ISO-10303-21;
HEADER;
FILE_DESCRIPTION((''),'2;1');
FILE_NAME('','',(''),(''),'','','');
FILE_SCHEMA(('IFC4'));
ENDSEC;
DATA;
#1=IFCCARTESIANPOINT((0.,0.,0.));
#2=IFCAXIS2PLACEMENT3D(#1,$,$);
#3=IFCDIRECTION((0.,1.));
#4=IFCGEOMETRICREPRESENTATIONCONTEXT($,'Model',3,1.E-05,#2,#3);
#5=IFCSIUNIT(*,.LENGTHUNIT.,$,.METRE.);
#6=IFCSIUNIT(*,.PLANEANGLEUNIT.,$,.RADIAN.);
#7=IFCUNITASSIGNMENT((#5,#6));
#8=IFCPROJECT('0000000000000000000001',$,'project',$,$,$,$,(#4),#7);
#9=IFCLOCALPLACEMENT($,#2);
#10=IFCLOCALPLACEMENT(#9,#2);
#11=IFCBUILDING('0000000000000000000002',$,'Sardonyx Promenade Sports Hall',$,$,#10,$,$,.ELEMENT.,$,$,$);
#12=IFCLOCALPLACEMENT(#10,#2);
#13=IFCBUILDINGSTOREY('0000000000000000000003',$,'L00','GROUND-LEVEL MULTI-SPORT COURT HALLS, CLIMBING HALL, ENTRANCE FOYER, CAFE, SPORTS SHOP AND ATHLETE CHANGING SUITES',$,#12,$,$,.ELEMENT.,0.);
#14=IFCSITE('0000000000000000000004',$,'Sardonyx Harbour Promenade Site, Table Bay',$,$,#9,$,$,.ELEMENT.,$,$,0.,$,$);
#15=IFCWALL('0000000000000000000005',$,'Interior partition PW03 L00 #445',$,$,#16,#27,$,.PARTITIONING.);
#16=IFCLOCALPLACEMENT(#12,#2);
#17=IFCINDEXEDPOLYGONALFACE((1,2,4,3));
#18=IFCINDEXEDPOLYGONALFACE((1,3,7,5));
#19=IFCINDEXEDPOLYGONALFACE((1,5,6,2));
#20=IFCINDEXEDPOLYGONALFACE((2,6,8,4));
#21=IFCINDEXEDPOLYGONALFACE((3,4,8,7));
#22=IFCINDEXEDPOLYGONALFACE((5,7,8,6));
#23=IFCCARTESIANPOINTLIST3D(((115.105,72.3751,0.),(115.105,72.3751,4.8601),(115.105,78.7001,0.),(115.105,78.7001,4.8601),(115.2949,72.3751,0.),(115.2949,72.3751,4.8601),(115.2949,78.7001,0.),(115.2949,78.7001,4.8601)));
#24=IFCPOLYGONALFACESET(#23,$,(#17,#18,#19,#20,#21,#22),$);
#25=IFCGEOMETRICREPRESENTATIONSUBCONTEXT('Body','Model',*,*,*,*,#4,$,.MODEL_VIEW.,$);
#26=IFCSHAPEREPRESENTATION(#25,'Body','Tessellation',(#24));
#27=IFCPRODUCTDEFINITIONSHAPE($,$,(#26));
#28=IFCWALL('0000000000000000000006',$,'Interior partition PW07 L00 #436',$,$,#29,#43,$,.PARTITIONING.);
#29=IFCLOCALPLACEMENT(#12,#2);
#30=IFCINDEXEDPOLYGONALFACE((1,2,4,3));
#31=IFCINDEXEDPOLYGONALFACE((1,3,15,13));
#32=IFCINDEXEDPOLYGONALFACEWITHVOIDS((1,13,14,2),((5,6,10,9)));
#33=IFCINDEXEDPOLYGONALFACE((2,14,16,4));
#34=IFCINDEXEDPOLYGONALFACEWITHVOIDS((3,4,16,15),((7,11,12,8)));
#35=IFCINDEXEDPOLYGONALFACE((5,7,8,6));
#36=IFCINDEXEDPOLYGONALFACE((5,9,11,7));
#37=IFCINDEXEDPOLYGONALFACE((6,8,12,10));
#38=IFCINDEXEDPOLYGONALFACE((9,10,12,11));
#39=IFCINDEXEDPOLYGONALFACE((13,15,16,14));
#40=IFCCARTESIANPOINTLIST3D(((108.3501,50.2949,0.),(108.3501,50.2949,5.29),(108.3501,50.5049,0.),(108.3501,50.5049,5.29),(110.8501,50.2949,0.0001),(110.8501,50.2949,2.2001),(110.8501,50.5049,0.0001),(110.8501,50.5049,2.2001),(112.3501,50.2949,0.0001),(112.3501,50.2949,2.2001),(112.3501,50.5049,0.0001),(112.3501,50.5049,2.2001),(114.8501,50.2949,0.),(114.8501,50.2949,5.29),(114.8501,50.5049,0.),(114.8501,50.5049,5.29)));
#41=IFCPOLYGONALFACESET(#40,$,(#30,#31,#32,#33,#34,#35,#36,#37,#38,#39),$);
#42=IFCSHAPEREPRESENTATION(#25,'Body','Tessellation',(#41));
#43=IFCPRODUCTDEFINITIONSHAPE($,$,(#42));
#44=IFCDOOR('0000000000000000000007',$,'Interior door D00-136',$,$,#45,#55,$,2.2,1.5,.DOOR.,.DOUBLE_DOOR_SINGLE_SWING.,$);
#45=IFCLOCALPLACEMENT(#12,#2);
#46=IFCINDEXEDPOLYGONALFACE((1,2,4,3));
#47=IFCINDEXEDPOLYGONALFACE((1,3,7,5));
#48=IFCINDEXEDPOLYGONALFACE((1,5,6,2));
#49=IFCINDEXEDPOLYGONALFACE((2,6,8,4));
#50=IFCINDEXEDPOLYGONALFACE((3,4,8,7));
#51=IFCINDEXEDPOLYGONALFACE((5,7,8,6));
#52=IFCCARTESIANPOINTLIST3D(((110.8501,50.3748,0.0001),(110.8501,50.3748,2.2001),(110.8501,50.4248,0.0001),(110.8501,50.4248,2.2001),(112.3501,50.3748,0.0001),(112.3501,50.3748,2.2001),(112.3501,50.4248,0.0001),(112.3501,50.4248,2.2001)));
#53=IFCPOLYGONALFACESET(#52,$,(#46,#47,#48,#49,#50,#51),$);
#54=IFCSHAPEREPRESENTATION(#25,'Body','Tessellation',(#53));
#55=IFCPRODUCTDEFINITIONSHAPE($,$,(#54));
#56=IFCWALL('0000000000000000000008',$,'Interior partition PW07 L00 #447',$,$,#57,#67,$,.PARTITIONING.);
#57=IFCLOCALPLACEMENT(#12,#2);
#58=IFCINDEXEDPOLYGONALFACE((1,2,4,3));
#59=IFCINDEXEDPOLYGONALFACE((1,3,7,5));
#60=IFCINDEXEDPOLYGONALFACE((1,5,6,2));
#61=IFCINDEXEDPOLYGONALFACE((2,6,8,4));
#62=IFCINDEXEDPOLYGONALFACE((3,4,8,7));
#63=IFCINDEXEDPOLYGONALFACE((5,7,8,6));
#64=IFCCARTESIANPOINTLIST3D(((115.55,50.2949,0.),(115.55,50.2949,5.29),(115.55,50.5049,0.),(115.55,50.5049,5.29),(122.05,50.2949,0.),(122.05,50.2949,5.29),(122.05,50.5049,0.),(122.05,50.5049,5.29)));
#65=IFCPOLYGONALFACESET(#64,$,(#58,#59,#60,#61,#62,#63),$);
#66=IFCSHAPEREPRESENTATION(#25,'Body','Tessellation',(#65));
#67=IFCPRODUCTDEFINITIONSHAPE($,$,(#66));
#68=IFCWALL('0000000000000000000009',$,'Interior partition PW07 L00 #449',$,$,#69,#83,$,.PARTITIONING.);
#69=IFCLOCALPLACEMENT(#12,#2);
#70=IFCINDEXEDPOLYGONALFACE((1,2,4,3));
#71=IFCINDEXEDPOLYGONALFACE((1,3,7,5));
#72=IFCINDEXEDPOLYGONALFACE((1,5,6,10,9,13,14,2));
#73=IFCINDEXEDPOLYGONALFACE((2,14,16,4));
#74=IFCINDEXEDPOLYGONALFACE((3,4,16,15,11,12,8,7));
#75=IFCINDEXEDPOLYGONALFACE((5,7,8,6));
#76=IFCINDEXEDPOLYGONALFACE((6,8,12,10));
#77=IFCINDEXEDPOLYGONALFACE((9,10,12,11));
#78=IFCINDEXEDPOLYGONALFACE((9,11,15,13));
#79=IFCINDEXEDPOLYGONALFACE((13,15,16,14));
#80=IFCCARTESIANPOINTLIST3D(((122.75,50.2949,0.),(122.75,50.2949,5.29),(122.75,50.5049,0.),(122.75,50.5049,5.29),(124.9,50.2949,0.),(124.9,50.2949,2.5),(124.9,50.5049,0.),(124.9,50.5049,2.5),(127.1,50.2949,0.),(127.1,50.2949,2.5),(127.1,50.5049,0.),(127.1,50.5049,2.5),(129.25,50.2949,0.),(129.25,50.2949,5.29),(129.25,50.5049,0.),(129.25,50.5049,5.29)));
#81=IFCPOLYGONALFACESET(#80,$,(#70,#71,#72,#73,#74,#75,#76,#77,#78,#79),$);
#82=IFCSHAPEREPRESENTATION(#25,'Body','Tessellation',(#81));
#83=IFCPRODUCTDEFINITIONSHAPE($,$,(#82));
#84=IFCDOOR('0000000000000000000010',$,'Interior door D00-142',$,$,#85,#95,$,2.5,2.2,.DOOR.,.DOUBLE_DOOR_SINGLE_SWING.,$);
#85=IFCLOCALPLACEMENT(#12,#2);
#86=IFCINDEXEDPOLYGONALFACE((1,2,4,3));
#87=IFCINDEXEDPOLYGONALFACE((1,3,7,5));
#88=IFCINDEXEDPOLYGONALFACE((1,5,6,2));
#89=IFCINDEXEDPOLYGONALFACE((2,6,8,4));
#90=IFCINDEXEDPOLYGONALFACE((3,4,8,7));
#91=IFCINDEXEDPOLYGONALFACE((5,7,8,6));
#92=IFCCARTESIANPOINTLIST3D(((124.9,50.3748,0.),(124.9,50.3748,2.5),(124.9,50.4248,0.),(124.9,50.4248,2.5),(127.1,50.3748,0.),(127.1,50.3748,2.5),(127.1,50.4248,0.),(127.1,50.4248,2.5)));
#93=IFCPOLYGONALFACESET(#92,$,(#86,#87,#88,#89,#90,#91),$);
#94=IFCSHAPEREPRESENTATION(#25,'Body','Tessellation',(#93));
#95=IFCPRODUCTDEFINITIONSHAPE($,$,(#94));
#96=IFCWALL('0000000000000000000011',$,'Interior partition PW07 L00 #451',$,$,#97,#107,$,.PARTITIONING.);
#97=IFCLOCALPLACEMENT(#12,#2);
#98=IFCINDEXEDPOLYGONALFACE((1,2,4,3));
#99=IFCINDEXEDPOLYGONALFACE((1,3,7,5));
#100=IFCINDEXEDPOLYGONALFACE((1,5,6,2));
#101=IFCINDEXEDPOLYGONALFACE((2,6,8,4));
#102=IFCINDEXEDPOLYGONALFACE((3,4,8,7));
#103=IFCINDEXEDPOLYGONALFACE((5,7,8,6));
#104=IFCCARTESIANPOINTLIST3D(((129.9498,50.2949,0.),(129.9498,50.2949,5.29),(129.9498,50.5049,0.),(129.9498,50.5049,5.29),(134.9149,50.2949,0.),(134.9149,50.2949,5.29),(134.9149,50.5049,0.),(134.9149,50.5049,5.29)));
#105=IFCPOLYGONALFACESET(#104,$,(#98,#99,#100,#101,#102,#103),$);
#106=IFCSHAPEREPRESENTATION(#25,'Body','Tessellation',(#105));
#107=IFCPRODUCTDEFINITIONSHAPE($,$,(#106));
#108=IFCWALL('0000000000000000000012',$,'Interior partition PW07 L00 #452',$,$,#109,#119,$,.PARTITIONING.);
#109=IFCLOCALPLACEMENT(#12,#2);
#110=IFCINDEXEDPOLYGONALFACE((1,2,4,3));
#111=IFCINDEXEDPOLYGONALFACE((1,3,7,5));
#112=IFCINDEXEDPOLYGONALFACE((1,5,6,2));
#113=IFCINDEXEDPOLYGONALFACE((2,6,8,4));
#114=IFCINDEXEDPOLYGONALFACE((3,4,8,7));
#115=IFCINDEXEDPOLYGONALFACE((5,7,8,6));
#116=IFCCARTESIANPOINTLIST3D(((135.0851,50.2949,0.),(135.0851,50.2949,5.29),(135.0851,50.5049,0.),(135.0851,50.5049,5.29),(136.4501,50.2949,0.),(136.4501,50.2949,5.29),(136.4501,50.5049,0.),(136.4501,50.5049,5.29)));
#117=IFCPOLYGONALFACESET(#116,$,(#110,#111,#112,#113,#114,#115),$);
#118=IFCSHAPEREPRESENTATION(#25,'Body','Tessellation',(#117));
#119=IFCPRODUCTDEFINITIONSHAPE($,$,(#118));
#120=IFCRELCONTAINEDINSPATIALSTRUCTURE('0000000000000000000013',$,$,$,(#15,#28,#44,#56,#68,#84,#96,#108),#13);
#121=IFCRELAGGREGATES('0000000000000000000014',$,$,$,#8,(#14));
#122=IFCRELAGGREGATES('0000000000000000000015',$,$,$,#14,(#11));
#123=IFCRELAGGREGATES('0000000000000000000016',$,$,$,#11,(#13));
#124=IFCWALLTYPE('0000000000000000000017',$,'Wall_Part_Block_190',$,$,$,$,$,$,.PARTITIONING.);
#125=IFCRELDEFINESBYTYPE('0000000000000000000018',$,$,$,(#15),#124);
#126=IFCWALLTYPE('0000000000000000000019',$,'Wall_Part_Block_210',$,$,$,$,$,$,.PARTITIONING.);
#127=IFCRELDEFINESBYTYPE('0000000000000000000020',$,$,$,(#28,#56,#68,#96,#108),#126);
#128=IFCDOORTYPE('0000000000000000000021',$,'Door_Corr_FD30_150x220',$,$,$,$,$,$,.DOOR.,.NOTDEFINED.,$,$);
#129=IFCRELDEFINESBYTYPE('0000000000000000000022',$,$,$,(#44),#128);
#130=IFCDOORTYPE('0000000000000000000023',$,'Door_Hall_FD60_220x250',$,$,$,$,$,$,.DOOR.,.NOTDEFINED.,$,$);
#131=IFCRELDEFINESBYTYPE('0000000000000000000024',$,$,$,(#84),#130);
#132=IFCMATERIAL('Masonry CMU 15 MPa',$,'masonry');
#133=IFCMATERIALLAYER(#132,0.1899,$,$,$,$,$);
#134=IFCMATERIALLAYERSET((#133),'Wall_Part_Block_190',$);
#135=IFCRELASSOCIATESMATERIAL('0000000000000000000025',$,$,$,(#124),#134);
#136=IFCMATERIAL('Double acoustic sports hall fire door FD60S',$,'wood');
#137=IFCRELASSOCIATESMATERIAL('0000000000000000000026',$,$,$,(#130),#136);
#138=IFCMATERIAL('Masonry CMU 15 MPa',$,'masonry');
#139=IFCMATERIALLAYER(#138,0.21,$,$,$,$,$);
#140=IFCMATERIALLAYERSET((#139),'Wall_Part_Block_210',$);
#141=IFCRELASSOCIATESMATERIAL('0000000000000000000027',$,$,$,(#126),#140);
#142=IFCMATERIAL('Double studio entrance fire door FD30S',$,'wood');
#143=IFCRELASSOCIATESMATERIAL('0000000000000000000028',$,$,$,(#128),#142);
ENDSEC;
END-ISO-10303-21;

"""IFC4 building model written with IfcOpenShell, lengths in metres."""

from ifc_helpers import new_model, si_unit, direction, frame, frame_2d, origin, place, context, subcontext, project, spatial, rectangle, extrude, material, layer, layer_set, type_object, element, fill, save


model = new_model("IFC4")

# Units and contexts
model_context = context("Model", 3, precision=1e-05, world=origin(), true_north=direction((0.0, 1.0)))
body_context = subcontext(model_context, "Body", "Model", "MODEL_VIEW")
ifc_project = project(units=[si_unit("LENGTHUNIT", "METRE"), si_unit("PLANEANGLEUNIT", "RADIAN")], contexts=[model_context])

# Site, building, storey
site_placement = place(None, origin())
site = spatial("IfcSite", under=ifc_project, at=site_placement, Name="Sardonyx Harbour Promenade Site, Table Bay", CompositionType="ELEMENT", RefElevation=0.0)
building_placement = place(site_placement, origin())
building = spatial("IfcBuilding", under=site, at=building_placement, Name="Sardonyx Promenade Sports Hall", CompositionType="ELEMENT")
storey_placement = place(building_placement, origin())
storey = spatial("IfcBuildingStorey", under=building, at=storey_placement, Name="L00", Description="GROUND-LEVEL MULTI-SPORT COURT HALLS, CLIMBING HALL, ENTRANCE FOYER, CAFE, SPORTS SHOP AND ATHLETE CHANGING SUITES", CompositionType="ELEMENT", Elevation=0.0)

# Shared definitions
ifc_material_1 = material(Name="Masonry CMU 15 MPa", Category="masonry")
ifc_layer_1 = layer(ifc_material_1, 0.1899)
ifc_layer_set_1 = layer_set([ifc_layer_1], Name="Wall_Part_Block_190")
wall_type_1 = type_object("IfcWallType", Name="Wall_Part_Block_190", PredefinedType="PARTITIONING", material=ifc_layer_set_1)

# Shared definitions
ifc_material_2 = material(Name="Double acoustic sports hall fire door FD60S", Category="wood")
door_type_1 = type_object("IfcDoorType", Name="Door_Hall_FD60_220x250", OperationType="NOTDEFINED", PredefinedType="DOOR", material=ifc_material_2)

# Wall
wall_1_placement = place(storey_placement, frame((115.2, 72.375, 0.0), z_axis=(0.0, 0.0, 1.0), x_axis=(0.0, 1.0, 0.0)))
element("IfcWall", 1, at=wall_1_placement, inside=storey, type_object=wall_type_1, Name="Interior partition PW03 L00 #445", PredefinedType="PARTITIONING", context=body_context, shape_type="SweptSolid", body=[
    extrude(rectangle(XDim=6.325, YDim=0.1899, at=frame_2d((3.1626, 0.0))), origin(), (0.0, 0.0, 1.0), 4.8601),
])

# Wall, opening, door
ifc_material_3 = material(Name="Masonry CMU 15 MPa", Category="masonry")
ifc_layer_2 = layer(ifc_material_3, 0.21)
ifc_layer_set_2 = layer_set([ifc_layer_2], Name="Wall_Part_Block_210")
wall_type_2 = type_object("IfcWallType", Name="Wall_Part_Block_210", PredefinedType="PARTITIONING", material=ifc_layer_set_2)
wall_2_placement = place(storey_placement, frame((108.3501, 50.3999, 0.0), z_axis=(0.0, 0.0, 1.0), x_axis=(1.0, 0.0, 0.0)))
wall_2 = element("IfcWall", 2, at=wall_2_placement, inside=storey, type_object=wall_type_2, Name="Interior partition PW07 L00 #436", PredefinedType="PARTITIONING", context=body_context, shape_type="SweptSolid", body=[
    extrude(rectangle(XDim=6.5, YDim=0.21, at=frame_2d((3.25, 0.0))), origin(), (0.0, 0.0, 1.0), 5.29),
])
opening_1_placement = place(wall_2_placement, frame((2.5, 0.0, 0.0)))
opening_1 = element("IfcOpeningElement", 3, at=opening_1_placement, cuts=wall_2, PredefinedType="OPENING", context=body_context, shape_type="SweptSolid", body=[
    extrude(rectangle(XDim=1.5, YDim=2.2, at=frame_2d((0.75, 1.1001))), frame((0.0, 0.115, 0.0), z_axis=(0.0, -1.0, 0.0), x_axis=(1.0, 0.0, 0.0)), (0.0, 0.0, 1.0), 0.23),
])
ifc_material_4 = material(Name="Double studio entrance fire door FD30S", Category="wood")
door_type_2 = type_object("IfcDoorType", Name="Door_Corr_FD30_150x220", OperationType="NOTDEFINED", PredefinedType="DOOR", material=ifc_material_4)
door_1_placement = place(opening_1_placement, origin())
door_1 = element("IfcDoor", 4, at=door_1_placement, inside=storey, type_object=door_type_2, Name="Interior door D00-136", OperationType="DOUBLE_DOOR_SINGLE_SWING", OverallHeight=2.2, OverallWidth=1.5, PredefinedType="DOOR", context=body_context, shape_type="SweptSolid", body=[
    extrude(rectangle(XDim=1.5, YDim=2.2, at=frame_2d((0.75, 1.1001))), frame((0.0, 0.0249, 0.0), z_axis=(0.0, -1.0, 0.0), x_axis=(1.0, 0.0, 0.0)), (0.0, 0.0, 1.0), 0.05),
])
fill(opening_1, door_1)

# Wall
wall_3_placement = place(storey_placement, frame((115.55, 50.3999, 0.0), z_axis=(0.0, 0.0, 1.0), x_axis=(1.0, 0.0, 0.0)))
element("IfcWall", 5, at=wall_3_placement, inside=storey, type_object=wall_type_2, Name="Interior partition PW07 L00 #447", PredefinedType="PARTITIONING", context=body_context, shape_type="SweptSolid", body=[
    extrude(rectangle(XDim=6.5, YDim=0.21, at=frame_2d((3.25, 0.0))), origin(), (0.0, 0.0, 1.0), 5.29),
])

# Wall, opening, door
wall_4_placement = place(storey_placement, frame((122.75, 50.3999, 0.0), z_axis=(0.0, 0.0, 1.0), x_axis=(1.0, 0.0, 0.0)))
wall_4 = element("IfcWall", 6, at=wall_4_placement, inside=storey, type_object=wall_type_2, Name="Interior partition PW07 L00 #449", PredefinedType="PARTITIONING", context=body_context, shape_type="SweptSolid", body=[
    extrude(rectangle(XDim=6.5, YDim=0.21, at=frame_2d((3.25, 0.0))), origin(), (0.0, 0.0, 1.0), 5.29),
])
opening_2_placement = place(wall_4_placement, frame((2.1499, 0.0, 0.0)))
opening_2 = element("IfcOpeningElement", 7, at=opening_2_placement, cuts=wall_4, PredefinedType="OPENING", context=body_context, shape_type="SweptSolid", body=[
    extrude(rectangle(XDim=2.2, YDim=2.5, at=frame_2d((1.1001, 1.25))), frame((0.0, 0.115, 0.0), z_axis=(0.0, -1.0, 0.0), x_axis=(1.0, 0.0, 0.0)), (0.0, 0.0, 1.0), 0.23),
])
door_2_placement = place(opening_2_placement, origin())
door_2 = element("IfcDoor", 8, at=door_2_placement, inside=storey, type_object=door_type_1, Name="Interior door D00-142", OperationType="DOUBLE_DOOR_SINGLE_SWING", OverallHeight=2.5, OverallWidth=2.2, PredefinedType="DOOR", context=body_context, shape_type="SweptSolid", body=[
    extrude(rectangle(XDim=2.2, YDim=2.5, at=frame_2d((1.1001, 1.25))), frame((0.0, 0.0249, 0.0), z_axis=(0.0, -1.0, 0.0), x_axis=(1.0, 0.0, 0.0)), (0.0, 0.0, 1.0), 0.05),
])
fill(opening_2, door_2)

# Walls
wall_5_placement = place(storey_placement, frame((129.95, 50.3999, 0.0), z_axis=(0.0, 0.0, 1.0), x_axis=(1.0, 0.0, 0.0)))
element("IfcWall", 9, at=wall_5_placement, inside=storey, type_object=wall_type_2, Name="Interior partition PW07 L00 #451", PredefinedType="PARTITIONING", context=body_context, shape_type="SweptSolid", body=[
    extrude(rectangle(XDim=4.9651, YDim=0.21, at=frame_2d((2.4824, 0.0))), origin(), (0.0, 0.0, 1.0), 5.29),
])
wall_6_placement = place(storey_placement, frame((135.085, 50.3999, 0.0), z_axis=(0.0, 0.0, 1.0), x_axis=(1.0, 0.0, 0.0)))
element("IfcWall", 10, at=wall_6_placement, inside=storey, type_object=wall_type_2, Name="Interior partition PW07 L00 #452", PredefinedType="PARTITIONING", context=body_context, shape_type="SweptSolid", body=[
    extrude(rectangle(XDim=1.365, YDim=0.21, at=frame_2d((0.6826, 0.0))), origin(), (0.0, 0.0, 1.0), 5.29),
])

save(model, "model.ifc")
